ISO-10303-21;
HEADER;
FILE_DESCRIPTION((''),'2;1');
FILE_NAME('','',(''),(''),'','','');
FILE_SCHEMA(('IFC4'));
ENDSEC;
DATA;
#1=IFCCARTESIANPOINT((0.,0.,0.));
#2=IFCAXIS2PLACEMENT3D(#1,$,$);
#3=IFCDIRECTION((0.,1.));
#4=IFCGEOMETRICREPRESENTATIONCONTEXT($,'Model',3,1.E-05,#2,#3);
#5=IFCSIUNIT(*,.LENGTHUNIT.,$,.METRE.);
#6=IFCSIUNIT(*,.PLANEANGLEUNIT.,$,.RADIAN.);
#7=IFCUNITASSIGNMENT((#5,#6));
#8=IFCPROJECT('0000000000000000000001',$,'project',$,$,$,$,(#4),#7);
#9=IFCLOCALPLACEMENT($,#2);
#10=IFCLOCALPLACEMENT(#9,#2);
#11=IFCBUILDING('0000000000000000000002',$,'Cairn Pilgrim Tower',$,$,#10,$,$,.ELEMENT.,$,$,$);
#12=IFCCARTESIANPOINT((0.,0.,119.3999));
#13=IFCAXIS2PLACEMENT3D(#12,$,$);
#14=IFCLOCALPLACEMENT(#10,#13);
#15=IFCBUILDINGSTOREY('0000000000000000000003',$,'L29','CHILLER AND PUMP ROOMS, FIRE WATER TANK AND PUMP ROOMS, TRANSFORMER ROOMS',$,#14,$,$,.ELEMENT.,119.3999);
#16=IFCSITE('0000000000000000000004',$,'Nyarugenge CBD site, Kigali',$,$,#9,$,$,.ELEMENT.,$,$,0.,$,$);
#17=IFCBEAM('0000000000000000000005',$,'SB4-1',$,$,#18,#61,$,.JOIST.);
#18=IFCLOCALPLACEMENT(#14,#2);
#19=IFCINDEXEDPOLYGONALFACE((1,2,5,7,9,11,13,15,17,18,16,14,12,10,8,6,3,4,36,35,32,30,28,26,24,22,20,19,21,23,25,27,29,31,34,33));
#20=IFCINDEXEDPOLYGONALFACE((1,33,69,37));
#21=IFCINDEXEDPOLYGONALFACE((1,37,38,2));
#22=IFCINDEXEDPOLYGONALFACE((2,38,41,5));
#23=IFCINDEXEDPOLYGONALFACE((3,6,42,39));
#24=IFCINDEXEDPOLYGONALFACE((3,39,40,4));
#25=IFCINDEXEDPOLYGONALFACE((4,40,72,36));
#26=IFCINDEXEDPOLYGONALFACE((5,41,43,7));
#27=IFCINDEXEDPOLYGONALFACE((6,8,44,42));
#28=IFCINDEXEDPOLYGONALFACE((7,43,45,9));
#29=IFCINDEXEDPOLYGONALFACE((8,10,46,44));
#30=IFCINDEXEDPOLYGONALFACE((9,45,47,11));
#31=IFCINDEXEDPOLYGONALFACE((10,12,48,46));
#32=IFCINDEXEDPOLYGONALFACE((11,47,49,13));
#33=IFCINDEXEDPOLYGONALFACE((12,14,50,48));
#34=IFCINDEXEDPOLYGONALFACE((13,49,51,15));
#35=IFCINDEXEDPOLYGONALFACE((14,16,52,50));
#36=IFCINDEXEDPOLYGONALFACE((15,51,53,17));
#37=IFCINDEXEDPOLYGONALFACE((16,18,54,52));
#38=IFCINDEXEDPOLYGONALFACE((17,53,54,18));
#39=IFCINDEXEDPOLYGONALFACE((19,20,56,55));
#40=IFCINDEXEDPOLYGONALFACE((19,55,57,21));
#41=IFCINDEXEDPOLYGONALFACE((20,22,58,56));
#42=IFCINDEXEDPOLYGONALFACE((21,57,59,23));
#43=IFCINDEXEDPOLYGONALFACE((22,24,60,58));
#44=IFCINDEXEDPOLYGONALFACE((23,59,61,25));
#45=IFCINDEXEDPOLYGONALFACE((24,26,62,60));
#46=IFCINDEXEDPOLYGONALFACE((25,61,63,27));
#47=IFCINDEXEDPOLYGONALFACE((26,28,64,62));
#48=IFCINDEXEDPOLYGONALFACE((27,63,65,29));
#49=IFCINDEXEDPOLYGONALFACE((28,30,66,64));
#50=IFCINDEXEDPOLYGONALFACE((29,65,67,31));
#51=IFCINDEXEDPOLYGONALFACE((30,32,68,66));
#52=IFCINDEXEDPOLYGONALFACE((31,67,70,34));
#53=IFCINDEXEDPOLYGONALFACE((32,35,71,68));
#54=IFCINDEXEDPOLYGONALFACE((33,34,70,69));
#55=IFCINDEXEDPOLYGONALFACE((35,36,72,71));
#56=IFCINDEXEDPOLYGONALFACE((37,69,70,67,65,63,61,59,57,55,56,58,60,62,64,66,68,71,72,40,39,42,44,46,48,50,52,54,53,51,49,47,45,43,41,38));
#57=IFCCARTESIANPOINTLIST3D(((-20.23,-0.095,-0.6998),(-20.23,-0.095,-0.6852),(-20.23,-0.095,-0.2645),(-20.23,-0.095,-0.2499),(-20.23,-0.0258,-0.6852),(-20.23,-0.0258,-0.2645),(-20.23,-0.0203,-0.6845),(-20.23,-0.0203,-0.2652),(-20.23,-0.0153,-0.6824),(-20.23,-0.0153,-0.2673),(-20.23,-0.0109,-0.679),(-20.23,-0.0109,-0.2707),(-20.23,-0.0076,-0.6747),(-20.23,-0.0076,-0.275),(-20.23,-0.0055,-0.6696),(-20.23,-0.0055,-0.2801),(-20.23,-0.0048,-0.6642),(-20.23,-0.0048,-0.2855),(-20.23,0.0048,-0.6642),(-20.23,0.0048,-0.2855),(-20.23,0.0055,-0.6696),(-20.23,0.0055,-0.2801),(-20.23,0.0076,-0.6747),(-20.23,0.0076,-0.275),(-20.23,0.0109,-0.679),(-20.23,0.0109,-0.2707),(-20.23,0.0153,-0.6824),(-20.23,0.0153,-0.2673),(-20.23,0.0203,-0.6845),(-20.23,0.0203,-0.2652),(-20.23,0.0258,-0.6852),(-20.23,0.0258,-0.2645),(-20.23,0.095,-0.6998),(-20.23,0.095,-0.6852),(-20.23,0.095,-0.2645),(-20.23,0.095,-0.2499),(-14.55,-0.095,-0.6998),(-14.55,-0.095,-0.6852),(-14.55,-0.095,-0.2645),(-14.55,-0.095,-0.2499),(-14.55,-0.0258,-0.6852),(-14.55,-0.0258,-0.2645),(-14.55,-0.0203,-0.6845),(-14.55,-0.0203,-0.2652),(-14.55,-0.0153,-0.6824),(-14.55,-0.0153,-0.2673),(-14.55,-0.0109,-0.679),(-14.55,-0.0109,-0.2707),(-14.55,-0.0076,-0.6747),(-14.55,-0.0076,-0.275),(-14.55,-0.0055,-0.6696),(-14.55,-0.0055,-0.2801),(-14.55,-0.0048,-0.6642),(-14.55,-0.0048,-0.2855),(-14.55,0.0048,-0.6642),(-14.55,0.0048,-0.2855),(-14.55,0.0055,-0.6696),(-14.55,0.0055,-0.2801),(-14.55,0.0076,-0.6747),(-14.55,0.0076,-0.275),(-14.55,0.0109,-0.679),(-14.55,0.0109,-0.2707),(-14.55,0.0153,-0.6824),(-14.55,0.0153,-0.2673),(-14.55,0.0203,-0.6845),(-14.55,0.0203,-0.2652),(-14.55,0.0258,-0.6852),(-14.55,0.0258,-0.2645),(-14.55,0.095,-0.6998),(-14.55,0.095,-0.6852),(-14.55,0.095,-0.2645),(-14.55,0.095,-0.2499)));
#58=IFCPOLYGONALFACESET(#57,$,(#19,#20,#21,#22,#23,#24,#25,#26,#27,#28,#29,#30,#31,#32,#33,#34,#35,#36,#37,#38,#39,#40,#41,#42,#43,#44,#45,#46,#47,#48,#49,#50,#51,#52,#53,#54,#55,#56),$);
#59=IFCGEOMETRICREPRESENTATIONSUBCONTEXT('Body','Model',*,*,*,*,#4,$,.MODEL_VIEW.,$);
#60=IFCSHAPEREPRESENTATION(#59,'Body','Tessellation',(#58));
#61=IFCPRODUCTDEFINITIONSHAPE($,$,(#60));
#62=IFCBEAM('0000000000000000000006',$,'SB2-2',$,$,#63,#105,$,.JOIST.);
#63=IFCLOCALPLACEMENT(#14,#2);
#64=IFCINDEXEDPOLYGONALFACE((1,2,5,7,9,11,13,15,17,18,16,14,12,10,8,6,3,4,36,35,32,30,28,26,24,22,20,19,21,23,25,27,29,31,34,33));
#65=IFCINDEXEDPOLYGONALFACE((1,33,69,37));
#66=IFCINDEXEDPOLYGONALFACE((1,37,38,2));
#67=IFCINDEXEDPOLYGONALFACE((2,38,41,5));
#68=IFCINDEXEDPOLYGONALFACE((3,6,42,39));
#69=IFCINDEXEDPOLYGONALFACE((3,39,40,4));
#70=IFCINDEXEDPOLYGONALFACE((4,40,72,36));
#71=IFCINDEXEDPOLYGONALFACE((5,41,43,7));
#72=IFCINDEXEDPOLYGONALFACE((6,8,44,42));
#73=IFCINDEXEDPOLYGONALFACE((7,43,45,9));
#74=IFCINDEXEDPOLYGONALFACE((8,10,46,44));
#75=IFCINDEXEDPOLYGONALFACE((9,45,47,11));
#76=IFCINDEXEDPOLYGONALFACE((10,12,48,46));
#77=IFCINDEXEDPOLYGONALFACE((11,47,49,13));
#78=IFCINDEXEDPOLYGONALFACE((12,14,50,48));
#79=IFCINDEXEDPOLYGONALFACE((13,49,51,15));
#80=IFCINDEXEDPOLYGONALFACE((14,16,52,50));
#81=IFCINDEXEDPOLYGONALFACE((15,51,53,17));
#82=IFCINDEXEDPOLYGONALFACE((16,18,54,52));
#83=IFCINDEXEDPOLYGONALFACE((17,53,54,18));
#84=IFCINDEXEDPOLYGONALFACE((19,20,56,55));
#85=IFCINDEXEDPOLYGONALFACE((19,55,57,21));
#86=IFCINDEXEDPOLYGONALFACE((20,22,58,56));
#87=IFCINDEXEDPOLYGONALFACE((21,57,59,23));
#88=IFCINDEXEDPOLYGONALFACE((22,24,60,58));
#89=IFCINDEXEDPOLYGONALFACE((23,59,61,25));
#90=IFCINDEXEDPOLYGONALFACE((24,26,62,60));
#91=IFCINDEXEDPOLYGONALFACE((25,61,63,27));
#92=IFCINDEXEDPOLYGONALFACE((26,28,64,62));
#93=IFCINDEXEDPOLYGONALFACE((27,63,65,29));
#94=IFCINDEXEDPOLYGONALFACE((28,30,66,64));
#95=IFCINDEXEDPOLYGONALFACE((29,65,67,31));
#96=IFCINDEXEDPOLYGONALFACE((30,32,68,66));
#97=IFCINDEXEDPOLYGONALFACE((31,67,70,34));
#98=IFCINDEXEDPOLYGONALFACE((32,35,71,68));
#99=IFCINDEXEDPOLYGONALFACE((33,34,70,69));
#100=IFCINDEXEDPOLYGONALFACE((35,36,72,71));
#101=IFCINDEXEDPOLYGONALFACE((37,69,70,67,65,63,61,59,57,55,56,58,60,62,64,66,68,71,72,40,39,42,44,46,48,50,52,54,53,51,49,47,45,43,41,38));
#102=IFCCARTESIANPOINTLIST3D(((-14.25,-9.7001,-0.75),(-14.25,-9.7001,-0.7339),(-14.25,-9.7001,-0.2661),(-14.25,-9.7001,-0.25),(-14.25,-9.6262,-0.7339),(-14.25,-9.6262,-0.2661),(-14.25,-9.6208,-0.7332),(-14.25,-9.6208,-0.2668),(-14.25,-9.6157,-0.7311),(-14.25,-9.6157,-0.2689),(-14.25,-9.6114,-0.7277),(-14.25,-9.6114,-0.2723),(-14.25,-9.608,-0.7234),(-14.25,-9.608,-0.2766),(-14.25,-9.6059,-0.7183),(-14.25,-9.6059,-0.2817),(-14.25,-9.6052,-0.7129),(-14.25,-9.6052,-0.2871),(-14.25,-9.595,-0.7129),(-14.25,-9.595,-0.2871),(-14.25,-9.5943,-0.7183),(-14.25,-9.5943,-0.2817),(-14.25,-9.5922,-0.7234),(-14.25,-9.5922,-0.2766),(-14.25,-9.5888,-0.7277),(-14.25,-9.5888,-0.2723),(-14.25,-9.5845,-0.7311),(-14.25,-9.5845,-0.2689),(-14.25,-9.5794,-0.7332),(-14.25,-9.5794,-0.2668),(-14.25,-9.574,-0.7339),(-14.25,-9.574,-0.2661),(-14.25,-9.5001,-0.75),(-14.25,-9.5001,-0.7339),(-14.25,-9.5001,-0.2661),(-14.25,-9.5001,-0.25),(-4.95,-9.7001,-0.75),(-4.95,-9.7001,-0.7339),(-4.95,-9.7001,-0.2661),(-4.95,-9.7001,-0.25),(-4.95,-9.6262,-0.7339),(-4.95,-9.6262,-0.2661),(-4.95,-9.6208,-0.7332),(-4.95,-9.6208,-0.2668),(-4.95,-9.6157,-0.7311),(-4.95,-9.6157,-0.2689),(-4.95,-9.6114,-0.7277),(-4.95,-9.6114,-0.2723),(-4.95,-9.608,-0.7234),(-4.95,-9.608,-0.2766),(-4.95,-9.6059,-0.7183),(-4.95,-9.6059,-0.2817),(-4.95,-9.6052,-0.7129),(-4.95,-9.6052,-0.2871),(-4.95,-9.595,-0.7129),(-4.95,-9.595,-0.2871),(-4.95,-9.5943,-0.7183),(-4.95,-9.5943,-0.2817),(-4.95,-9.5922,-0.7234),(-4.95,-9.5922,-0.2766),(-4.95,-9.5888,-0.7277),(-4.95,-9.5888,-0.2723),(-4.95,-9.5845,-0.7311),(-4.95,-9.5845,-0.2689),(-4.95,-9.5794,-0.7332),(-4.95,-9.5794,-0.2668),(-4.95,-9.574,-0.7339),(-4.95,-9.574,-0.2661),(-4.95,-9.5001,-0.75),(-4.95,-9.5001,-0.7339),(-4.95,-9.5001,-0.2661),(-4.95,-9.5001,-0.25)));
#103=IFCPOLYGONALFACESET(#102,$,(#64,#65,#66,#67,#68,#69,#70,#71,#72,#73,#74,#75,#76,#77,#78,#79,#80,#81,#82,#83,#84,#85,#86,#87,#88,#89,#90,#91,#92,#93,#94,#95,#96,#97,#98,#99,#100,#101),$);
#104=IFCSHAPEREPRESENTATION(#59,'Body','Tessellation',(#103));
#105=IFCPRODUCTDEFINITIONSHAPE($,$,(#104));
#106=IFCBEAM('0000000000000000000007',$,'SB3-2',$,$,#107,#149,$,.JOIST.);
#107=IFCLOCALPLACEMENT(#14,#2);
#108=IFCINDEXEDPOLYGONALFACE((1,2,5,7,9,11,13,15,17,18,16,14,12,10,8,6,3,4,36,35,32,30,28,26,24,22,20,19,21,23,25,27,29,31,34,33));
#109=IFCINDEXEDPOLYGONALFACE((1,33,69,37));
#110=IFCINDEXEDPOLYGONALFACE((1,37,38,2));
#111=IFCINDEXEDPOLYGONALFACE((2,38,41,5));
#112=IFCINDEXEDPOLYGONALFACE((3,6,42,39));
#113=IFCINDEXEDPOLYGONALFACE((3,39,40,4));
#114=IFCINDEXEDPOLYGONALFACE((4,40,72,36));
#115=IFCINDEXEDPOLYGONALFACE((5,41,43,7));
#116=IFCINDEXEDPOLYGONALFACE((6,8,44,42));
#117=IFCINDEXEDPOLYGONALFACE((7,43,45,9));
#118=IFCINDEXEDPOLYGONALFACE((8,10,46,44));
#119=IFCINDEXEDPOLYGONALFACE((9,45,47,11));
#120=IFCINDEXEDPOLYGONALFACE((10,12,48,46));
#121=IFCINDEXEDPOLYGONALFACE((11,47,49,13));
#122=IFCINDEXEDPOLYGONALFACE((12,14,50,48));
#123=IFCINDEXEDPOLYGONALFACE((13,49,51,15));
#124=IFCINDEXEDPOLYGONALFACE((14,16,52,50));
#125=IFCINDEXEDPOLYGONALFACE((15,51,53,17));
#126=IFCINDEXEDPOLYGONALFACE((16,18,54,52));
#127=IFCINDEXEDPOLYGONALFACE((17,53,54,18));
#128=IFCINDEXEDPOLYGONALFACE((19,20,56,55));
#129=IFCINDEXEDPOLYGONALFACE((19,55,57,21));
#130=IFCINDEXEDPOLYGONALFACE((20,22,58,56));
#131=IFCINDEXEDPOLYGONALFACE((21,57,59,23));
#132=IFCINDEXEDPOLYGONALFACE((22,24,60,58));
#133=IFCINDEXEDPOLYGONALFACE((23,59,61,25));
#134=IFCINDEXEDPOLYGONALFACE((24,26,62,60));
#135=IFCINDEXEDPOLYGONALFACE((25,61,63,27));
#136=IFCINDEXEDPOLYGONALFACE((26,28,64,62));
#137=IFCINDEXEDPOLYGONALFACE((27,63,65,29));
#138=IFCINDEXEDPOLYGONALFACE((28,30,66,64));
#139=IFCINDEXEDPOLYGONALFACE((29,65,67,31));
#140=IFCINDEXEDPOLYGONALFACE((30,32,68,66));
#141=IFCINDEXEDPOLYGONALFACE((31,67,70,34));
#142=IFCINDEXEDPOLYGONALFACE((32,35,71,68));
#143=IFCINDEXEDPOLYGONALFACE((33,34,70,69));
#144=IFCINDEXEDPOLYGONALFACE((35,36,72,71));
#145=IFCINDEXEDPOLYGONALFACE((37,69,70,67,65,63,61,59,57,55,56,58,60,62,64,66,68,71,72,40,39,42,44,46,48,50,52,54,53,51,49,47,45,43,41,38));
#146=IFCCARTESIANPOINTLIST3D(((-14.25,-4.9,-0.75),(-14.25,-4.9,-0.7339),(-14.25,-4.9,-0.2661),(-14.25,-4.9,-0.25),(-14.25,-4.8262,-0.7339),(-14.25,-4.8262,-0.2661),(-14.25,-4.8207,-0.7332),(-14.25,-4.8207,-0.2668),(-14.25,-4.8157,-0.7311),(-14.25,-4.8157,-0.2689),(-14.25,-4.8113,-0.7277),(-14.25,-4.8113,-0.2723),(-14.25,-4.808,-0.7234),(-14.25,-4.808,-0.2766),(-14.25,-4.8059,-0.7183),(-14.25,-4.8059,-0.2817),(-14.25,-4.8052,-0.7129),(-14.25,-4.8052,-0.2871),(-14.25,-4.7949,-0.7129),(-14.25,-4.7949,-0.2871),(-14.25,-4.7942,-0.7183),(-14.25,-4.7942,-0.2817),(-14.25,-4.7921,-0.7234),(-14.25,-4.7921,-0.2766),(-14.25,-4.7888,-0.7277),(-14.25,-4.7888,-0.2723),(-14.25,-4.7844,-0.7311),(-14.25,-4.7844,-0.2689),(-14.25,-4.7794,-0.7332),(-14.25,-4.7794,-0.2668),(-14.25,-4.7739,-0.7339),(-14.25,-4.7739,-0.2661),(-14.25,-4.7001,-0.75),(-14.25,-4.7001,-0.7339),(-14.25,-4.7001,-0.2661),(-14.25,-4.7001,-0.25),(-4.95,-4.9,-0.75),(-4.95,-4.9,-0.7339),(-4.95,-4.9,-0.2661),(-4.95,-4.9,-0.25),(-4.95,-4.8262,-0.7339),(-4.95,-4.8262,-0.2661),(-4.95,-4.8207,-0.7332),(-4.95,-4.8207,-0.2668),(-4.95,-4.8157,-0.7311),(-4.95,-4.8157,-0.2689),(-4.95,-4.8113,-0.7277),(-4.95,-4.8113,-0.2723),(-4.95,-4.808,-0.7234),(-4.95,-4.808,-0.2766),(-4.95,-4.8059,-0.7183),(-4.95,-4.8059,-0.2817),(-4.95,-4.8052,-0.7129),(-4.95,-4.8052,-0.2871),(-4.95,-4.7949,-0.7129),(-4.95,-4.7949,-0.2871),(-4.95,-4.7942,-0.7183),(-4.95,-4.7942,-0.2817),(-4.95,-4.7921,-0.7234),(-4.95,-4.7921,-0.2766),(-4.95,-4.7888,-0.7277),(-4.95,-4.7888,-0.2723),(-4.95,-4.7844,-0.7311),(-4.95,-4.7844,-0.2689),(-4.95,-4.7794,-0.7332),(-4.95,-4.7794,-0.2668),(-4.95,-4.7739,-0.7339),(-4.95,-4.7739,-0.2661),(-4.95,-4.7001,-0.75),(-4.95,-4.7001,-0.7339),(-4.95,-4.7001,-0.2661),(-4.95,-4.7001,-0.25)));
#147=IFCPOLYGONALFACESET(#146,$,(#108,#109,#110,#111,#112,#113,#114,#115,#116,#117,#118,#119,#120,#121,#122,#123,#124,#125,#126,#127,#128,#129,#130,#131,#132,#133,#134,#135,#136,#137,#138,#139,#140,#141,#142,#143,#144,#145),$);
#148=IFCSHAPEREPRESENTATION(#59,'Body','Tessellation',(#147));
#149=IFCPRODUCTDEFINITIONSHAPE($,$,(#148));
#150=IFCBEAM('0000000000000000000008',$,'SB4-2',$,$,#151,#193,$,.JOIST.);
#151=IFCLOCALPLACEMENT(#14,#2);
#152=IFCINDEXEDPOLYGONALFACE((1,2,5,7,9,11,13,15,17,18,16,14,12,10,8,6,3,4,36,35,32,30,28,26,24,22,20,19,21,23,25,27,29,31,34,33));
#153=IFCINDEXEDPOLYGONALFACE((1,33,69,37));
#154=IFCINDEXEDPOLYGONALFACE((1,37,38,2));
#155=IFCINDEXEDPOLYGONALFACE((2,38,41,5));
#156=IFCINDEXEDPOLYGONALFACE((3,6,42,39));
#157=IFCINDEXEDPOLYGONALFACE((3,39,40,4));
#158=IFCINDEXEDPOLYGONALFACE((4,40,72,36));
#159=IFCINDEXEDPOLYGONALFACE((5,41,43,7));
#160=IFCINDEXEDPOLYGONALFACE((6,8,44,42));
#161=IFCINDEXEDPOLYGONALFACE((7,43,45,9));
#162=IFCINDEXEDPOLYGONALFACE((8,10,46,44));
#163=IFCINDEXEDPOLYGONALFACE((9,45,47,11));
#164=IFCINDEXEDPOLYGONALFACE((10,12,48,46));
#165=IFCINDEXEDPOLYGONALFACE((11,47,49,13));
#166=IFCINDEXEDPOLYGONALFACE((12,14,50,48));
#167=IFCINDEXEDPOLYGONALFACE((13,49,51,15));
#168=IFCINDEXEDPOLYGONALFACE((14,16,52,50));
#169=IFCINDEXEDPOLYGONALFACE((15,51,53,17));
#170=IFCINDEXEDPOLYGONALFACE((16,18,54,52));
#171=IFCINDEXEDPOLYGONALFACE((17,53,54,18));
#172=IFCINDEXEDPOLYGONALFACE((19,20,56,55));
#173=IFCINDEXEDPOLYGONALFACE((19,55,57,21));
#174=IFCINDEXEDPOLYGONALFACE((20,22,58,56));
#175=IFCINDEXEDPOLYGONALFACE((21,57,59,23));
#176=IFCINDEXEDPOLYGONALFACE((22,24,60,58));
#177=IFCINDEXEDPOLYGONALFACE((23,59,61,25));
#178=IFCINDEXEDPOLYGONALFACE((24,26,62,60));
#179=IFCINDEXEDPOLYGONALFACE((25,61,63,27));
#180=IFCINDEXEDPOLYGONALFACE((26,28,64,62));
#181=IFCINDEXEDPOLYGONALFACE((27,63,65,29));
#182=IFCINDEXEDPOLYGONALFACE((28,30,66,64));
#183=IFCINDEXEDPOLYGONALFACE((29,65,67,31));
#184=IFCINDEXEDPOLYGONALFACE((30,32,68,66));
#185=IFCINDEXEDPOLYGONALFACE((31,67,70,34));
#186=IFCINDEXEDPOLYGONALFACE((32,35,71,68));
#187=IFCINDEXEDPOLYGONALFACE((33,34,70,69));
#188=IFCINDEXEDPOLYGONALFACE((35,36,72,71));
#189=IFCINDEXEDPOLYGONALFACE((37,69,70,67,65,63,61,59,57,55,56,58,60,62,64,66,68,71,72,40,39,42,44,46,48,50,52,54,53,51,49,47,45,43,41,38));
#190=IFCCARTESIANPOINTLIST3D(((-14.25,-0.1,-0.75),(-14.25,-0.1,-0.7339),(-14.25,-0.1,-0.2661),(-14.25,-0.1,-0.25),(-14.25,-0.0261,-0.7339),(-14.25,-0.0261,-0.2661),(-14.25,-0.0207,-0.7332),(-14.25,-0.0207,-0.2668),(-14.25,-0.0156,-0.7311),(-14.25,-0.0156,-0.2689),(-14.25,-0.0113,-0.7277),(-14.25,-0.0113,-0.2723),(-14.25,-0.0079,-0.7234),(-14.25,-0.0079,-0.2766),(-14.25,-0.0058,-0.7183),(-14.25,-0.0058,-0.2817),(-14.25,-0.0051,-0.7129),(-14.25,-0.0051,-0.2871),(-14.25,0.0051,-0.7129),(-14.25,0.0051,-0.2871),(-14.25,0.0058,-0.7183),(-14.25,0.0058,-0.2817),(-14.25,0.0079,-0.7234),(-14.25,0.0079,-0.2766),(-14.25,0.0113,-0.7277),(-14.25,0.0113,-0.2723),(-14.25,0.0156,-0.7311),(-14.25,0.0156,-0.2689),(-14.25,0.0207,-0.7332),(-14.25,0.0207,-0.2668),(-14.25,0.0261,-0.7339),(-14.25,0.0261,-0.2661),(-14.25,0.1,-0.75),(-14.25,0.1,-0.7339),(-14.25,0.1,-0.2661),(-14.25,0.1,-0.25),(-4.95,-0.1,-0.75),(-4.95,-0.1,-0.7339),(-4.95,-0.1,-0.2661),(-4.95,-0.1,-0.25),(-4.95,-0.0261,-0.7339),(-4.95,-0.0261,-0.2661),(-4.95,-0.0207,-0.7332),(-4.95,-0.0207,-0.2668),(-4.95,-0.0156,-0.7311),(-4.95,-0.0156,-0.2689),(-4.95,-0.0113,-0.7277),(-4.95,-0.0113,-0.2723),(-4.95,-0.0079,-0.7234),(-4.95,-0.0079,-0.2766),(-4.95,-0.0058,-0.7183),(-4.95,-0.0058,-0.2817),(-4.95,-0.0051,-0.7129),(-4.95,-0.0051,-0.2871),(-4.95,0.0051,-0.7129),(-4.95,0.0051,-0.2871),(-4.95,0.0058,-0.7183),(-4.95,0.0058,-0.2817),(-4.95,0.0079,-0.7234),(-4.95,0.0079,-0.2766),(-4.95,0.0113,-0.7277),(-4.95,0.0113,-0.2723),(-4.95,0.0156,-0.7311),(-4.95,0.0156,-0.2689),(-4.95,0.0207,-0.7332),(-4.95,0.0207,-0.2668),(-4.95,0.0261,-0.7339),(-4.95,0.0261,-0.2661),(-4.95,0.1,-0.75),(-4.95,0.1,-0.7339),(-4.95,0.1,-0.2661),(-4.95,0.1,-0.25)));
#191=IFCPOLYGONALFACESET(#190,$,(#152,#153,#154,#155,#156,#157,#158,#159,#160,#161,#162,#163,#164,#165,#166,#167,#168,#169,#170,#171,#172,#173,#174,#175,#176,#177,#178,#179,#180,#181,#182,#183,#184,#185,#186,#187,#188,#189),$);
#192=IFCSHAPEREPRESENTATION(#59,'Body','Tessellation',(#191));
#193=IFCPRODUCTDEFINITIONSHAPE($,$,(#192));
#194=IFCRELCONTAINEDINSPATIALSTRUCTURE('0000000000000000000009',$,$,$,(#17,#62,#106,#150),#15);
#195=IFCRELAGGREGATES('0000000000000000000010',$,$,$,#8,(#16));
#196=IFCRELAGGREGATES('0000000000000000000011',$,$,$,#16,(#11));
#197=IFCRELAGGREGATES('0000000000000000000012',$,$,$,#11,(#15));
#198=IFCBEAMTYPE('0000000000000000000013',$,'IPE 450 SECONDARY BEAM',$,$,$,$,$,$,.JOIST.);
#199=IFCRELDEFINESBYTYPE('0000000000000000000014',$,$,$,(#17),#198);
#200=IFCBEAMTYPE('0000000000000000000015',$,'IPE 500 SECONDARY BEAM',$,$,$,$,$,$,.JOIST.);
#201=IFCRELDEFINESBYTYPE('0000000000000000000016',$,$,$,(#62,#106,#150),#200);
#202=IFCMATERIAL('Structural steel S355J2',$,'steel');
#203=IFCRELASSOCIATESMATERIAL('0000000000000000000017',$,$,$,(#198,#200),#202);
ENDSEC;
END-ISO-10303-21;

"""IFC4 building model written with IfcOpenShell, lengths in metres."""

from ifc_helpers import new_model, si_unit, direction, frame, origin, origin_2d, place, context, subcontext, project, spatial, i_section, extrude, material, material_profile, profile_set, type_object, element, save


model = new_model("IFC4")

# Units and contexts
model_context = context("Model", 3, precision=1e-05, world=origin(), true_north=direction((0.0, 1.0)))
body_context = subcontext(model_context, "Body", "Model", "MODEL_VIEW")
ifc_project = project(units=[si_unit("LENGTHUNIT", "METRE"), si_unit("PLANEANGLEUNIT", "RADIAN")], contexts=[model_context])

# Site, building, storey
site_placement = place(None, origin())
site = spatial("IfcSite", under=ifc_project, at=site_placement, Name="Nyarugenge CBD site, Kigali", CompositionType="ELEMENT", RefElevation=0.0)
building_placement = place(site_placement, origin())
building = spatial("IfcBuilding", under=site, at=building_placement, Name="Cairn Pilgrim Tower", CompositionType="ELEMENT")
storey_placement = place(building_placement, frame((0.0, 0.0, 119.3999)))
storey = spatial("IfcBuildingStorey", under=building, at=storey_placement, Name="L29", Description="CHILLER AND PUMP ROOMS, FIRE WATER TANK AND PUMP ROOMS, TRANSFORMER ROOMS", CompositionType="ELEMENT", Elevation=119.3999)

# Shared definitions
ifc_material_1 = material(Name="Structural steel S355J2", Category="steel")

# Beams
ifc_material_profile_1 = material_profile(ifc_material_1, i_section(OverallWidth=0.1899, OverallDepth=0.45, WebThickness=0.0095, FlangeThickness=0.0146, FilletRadius=0.021, at=origin_2d()), Name="IPE 450")
ifc_profile_set_1 = profile_set([ifc_material_profile_1], Name="Structural steel S355J2")
beam_type_1 = type_object("IfcBeamType", Name="IPE 450 SECONDARY BEAM", PredefinedType="JOIST", material=ifc_profile_set_1)
for number, where, z_axis, x_axis, name in (
    (1, (-20.23, 0.0, -0.4749), (1.0, 0.0, 0.0), (0.0, 1.0, 0.0), "SB4-1"),
):
    element("IfcBeam", number, at=place(storey_placement, frame(where, z_axis=z_axis, x_axis=x_axis)), inside=storey, type_object=beam_type_1, Name=name, PredefinedType="JOIST", context=body_context, shape_type="SweptSolid", body=[
        extrude(i_section(OverallWidth=0.1899, OverallDepth=0.45, WebThickness=0.0095, FlangeThickness=0.0146, FilletRadius=0.021, at=origin_2d()), origin(), (0.0, 0.0, 1.0), 5.6799),
    ])
ifc_material_profile_2 = material_profile(ifc_material_1, i_section(OverallWidth=0.2, OverallDepth=0.5, WebThickness=0.0103, FlangeThickness=0.0161, FilletRadius=0.021, at=origin_2d()), Name="IPE 500")
ifc_profile_set_2 = profile_set([ifc_material_profile_2], Name="Structural steel S355J2")
beam_type_2 = type_object("IfcBeamType", Name="IPE 500 SECONDARY BEAM", PredefinedType="JOIST", material=ifc_profile_set_2)
for number, where, z_axis, x_axis, name in (
    (2, (-14.25, -9.6001, -0.5), (1.0, 0.0, 0.0), (0.0, 1.0, 0.0), "SB2-2"),
    (3, (-14.25, -4.8, -0.5), (1.0, 0.0, 0.0), (0.0, 1.0, 0.0), "SB3-2"),
    (4, (-14.25, 0.0, -0.5), (1.0, 0.0, 0.0), (0.0, 1.0, 0.0), "SB4-2"),
):
    element("IfcBeam", number, at=place(storey_placement, frame(where, z_axis=z_axis, x_axis=x_axis)), inside=storey, type_object=beam_type_2, Name=name, PredefinedType="JOIST", context=body_context, shape_type="SweptSolid", body=[
        extrude(i_section(OverallWidth=0.2, OverallDepth=0.5, WebThickness=0.0103, FlangeThickness=0.0161, FilletRadius=0.021, at=origin_2d()), origin(), (0.0, 0.0, 1.0), 9.3),
    ])

save(model, "model.ifc")
